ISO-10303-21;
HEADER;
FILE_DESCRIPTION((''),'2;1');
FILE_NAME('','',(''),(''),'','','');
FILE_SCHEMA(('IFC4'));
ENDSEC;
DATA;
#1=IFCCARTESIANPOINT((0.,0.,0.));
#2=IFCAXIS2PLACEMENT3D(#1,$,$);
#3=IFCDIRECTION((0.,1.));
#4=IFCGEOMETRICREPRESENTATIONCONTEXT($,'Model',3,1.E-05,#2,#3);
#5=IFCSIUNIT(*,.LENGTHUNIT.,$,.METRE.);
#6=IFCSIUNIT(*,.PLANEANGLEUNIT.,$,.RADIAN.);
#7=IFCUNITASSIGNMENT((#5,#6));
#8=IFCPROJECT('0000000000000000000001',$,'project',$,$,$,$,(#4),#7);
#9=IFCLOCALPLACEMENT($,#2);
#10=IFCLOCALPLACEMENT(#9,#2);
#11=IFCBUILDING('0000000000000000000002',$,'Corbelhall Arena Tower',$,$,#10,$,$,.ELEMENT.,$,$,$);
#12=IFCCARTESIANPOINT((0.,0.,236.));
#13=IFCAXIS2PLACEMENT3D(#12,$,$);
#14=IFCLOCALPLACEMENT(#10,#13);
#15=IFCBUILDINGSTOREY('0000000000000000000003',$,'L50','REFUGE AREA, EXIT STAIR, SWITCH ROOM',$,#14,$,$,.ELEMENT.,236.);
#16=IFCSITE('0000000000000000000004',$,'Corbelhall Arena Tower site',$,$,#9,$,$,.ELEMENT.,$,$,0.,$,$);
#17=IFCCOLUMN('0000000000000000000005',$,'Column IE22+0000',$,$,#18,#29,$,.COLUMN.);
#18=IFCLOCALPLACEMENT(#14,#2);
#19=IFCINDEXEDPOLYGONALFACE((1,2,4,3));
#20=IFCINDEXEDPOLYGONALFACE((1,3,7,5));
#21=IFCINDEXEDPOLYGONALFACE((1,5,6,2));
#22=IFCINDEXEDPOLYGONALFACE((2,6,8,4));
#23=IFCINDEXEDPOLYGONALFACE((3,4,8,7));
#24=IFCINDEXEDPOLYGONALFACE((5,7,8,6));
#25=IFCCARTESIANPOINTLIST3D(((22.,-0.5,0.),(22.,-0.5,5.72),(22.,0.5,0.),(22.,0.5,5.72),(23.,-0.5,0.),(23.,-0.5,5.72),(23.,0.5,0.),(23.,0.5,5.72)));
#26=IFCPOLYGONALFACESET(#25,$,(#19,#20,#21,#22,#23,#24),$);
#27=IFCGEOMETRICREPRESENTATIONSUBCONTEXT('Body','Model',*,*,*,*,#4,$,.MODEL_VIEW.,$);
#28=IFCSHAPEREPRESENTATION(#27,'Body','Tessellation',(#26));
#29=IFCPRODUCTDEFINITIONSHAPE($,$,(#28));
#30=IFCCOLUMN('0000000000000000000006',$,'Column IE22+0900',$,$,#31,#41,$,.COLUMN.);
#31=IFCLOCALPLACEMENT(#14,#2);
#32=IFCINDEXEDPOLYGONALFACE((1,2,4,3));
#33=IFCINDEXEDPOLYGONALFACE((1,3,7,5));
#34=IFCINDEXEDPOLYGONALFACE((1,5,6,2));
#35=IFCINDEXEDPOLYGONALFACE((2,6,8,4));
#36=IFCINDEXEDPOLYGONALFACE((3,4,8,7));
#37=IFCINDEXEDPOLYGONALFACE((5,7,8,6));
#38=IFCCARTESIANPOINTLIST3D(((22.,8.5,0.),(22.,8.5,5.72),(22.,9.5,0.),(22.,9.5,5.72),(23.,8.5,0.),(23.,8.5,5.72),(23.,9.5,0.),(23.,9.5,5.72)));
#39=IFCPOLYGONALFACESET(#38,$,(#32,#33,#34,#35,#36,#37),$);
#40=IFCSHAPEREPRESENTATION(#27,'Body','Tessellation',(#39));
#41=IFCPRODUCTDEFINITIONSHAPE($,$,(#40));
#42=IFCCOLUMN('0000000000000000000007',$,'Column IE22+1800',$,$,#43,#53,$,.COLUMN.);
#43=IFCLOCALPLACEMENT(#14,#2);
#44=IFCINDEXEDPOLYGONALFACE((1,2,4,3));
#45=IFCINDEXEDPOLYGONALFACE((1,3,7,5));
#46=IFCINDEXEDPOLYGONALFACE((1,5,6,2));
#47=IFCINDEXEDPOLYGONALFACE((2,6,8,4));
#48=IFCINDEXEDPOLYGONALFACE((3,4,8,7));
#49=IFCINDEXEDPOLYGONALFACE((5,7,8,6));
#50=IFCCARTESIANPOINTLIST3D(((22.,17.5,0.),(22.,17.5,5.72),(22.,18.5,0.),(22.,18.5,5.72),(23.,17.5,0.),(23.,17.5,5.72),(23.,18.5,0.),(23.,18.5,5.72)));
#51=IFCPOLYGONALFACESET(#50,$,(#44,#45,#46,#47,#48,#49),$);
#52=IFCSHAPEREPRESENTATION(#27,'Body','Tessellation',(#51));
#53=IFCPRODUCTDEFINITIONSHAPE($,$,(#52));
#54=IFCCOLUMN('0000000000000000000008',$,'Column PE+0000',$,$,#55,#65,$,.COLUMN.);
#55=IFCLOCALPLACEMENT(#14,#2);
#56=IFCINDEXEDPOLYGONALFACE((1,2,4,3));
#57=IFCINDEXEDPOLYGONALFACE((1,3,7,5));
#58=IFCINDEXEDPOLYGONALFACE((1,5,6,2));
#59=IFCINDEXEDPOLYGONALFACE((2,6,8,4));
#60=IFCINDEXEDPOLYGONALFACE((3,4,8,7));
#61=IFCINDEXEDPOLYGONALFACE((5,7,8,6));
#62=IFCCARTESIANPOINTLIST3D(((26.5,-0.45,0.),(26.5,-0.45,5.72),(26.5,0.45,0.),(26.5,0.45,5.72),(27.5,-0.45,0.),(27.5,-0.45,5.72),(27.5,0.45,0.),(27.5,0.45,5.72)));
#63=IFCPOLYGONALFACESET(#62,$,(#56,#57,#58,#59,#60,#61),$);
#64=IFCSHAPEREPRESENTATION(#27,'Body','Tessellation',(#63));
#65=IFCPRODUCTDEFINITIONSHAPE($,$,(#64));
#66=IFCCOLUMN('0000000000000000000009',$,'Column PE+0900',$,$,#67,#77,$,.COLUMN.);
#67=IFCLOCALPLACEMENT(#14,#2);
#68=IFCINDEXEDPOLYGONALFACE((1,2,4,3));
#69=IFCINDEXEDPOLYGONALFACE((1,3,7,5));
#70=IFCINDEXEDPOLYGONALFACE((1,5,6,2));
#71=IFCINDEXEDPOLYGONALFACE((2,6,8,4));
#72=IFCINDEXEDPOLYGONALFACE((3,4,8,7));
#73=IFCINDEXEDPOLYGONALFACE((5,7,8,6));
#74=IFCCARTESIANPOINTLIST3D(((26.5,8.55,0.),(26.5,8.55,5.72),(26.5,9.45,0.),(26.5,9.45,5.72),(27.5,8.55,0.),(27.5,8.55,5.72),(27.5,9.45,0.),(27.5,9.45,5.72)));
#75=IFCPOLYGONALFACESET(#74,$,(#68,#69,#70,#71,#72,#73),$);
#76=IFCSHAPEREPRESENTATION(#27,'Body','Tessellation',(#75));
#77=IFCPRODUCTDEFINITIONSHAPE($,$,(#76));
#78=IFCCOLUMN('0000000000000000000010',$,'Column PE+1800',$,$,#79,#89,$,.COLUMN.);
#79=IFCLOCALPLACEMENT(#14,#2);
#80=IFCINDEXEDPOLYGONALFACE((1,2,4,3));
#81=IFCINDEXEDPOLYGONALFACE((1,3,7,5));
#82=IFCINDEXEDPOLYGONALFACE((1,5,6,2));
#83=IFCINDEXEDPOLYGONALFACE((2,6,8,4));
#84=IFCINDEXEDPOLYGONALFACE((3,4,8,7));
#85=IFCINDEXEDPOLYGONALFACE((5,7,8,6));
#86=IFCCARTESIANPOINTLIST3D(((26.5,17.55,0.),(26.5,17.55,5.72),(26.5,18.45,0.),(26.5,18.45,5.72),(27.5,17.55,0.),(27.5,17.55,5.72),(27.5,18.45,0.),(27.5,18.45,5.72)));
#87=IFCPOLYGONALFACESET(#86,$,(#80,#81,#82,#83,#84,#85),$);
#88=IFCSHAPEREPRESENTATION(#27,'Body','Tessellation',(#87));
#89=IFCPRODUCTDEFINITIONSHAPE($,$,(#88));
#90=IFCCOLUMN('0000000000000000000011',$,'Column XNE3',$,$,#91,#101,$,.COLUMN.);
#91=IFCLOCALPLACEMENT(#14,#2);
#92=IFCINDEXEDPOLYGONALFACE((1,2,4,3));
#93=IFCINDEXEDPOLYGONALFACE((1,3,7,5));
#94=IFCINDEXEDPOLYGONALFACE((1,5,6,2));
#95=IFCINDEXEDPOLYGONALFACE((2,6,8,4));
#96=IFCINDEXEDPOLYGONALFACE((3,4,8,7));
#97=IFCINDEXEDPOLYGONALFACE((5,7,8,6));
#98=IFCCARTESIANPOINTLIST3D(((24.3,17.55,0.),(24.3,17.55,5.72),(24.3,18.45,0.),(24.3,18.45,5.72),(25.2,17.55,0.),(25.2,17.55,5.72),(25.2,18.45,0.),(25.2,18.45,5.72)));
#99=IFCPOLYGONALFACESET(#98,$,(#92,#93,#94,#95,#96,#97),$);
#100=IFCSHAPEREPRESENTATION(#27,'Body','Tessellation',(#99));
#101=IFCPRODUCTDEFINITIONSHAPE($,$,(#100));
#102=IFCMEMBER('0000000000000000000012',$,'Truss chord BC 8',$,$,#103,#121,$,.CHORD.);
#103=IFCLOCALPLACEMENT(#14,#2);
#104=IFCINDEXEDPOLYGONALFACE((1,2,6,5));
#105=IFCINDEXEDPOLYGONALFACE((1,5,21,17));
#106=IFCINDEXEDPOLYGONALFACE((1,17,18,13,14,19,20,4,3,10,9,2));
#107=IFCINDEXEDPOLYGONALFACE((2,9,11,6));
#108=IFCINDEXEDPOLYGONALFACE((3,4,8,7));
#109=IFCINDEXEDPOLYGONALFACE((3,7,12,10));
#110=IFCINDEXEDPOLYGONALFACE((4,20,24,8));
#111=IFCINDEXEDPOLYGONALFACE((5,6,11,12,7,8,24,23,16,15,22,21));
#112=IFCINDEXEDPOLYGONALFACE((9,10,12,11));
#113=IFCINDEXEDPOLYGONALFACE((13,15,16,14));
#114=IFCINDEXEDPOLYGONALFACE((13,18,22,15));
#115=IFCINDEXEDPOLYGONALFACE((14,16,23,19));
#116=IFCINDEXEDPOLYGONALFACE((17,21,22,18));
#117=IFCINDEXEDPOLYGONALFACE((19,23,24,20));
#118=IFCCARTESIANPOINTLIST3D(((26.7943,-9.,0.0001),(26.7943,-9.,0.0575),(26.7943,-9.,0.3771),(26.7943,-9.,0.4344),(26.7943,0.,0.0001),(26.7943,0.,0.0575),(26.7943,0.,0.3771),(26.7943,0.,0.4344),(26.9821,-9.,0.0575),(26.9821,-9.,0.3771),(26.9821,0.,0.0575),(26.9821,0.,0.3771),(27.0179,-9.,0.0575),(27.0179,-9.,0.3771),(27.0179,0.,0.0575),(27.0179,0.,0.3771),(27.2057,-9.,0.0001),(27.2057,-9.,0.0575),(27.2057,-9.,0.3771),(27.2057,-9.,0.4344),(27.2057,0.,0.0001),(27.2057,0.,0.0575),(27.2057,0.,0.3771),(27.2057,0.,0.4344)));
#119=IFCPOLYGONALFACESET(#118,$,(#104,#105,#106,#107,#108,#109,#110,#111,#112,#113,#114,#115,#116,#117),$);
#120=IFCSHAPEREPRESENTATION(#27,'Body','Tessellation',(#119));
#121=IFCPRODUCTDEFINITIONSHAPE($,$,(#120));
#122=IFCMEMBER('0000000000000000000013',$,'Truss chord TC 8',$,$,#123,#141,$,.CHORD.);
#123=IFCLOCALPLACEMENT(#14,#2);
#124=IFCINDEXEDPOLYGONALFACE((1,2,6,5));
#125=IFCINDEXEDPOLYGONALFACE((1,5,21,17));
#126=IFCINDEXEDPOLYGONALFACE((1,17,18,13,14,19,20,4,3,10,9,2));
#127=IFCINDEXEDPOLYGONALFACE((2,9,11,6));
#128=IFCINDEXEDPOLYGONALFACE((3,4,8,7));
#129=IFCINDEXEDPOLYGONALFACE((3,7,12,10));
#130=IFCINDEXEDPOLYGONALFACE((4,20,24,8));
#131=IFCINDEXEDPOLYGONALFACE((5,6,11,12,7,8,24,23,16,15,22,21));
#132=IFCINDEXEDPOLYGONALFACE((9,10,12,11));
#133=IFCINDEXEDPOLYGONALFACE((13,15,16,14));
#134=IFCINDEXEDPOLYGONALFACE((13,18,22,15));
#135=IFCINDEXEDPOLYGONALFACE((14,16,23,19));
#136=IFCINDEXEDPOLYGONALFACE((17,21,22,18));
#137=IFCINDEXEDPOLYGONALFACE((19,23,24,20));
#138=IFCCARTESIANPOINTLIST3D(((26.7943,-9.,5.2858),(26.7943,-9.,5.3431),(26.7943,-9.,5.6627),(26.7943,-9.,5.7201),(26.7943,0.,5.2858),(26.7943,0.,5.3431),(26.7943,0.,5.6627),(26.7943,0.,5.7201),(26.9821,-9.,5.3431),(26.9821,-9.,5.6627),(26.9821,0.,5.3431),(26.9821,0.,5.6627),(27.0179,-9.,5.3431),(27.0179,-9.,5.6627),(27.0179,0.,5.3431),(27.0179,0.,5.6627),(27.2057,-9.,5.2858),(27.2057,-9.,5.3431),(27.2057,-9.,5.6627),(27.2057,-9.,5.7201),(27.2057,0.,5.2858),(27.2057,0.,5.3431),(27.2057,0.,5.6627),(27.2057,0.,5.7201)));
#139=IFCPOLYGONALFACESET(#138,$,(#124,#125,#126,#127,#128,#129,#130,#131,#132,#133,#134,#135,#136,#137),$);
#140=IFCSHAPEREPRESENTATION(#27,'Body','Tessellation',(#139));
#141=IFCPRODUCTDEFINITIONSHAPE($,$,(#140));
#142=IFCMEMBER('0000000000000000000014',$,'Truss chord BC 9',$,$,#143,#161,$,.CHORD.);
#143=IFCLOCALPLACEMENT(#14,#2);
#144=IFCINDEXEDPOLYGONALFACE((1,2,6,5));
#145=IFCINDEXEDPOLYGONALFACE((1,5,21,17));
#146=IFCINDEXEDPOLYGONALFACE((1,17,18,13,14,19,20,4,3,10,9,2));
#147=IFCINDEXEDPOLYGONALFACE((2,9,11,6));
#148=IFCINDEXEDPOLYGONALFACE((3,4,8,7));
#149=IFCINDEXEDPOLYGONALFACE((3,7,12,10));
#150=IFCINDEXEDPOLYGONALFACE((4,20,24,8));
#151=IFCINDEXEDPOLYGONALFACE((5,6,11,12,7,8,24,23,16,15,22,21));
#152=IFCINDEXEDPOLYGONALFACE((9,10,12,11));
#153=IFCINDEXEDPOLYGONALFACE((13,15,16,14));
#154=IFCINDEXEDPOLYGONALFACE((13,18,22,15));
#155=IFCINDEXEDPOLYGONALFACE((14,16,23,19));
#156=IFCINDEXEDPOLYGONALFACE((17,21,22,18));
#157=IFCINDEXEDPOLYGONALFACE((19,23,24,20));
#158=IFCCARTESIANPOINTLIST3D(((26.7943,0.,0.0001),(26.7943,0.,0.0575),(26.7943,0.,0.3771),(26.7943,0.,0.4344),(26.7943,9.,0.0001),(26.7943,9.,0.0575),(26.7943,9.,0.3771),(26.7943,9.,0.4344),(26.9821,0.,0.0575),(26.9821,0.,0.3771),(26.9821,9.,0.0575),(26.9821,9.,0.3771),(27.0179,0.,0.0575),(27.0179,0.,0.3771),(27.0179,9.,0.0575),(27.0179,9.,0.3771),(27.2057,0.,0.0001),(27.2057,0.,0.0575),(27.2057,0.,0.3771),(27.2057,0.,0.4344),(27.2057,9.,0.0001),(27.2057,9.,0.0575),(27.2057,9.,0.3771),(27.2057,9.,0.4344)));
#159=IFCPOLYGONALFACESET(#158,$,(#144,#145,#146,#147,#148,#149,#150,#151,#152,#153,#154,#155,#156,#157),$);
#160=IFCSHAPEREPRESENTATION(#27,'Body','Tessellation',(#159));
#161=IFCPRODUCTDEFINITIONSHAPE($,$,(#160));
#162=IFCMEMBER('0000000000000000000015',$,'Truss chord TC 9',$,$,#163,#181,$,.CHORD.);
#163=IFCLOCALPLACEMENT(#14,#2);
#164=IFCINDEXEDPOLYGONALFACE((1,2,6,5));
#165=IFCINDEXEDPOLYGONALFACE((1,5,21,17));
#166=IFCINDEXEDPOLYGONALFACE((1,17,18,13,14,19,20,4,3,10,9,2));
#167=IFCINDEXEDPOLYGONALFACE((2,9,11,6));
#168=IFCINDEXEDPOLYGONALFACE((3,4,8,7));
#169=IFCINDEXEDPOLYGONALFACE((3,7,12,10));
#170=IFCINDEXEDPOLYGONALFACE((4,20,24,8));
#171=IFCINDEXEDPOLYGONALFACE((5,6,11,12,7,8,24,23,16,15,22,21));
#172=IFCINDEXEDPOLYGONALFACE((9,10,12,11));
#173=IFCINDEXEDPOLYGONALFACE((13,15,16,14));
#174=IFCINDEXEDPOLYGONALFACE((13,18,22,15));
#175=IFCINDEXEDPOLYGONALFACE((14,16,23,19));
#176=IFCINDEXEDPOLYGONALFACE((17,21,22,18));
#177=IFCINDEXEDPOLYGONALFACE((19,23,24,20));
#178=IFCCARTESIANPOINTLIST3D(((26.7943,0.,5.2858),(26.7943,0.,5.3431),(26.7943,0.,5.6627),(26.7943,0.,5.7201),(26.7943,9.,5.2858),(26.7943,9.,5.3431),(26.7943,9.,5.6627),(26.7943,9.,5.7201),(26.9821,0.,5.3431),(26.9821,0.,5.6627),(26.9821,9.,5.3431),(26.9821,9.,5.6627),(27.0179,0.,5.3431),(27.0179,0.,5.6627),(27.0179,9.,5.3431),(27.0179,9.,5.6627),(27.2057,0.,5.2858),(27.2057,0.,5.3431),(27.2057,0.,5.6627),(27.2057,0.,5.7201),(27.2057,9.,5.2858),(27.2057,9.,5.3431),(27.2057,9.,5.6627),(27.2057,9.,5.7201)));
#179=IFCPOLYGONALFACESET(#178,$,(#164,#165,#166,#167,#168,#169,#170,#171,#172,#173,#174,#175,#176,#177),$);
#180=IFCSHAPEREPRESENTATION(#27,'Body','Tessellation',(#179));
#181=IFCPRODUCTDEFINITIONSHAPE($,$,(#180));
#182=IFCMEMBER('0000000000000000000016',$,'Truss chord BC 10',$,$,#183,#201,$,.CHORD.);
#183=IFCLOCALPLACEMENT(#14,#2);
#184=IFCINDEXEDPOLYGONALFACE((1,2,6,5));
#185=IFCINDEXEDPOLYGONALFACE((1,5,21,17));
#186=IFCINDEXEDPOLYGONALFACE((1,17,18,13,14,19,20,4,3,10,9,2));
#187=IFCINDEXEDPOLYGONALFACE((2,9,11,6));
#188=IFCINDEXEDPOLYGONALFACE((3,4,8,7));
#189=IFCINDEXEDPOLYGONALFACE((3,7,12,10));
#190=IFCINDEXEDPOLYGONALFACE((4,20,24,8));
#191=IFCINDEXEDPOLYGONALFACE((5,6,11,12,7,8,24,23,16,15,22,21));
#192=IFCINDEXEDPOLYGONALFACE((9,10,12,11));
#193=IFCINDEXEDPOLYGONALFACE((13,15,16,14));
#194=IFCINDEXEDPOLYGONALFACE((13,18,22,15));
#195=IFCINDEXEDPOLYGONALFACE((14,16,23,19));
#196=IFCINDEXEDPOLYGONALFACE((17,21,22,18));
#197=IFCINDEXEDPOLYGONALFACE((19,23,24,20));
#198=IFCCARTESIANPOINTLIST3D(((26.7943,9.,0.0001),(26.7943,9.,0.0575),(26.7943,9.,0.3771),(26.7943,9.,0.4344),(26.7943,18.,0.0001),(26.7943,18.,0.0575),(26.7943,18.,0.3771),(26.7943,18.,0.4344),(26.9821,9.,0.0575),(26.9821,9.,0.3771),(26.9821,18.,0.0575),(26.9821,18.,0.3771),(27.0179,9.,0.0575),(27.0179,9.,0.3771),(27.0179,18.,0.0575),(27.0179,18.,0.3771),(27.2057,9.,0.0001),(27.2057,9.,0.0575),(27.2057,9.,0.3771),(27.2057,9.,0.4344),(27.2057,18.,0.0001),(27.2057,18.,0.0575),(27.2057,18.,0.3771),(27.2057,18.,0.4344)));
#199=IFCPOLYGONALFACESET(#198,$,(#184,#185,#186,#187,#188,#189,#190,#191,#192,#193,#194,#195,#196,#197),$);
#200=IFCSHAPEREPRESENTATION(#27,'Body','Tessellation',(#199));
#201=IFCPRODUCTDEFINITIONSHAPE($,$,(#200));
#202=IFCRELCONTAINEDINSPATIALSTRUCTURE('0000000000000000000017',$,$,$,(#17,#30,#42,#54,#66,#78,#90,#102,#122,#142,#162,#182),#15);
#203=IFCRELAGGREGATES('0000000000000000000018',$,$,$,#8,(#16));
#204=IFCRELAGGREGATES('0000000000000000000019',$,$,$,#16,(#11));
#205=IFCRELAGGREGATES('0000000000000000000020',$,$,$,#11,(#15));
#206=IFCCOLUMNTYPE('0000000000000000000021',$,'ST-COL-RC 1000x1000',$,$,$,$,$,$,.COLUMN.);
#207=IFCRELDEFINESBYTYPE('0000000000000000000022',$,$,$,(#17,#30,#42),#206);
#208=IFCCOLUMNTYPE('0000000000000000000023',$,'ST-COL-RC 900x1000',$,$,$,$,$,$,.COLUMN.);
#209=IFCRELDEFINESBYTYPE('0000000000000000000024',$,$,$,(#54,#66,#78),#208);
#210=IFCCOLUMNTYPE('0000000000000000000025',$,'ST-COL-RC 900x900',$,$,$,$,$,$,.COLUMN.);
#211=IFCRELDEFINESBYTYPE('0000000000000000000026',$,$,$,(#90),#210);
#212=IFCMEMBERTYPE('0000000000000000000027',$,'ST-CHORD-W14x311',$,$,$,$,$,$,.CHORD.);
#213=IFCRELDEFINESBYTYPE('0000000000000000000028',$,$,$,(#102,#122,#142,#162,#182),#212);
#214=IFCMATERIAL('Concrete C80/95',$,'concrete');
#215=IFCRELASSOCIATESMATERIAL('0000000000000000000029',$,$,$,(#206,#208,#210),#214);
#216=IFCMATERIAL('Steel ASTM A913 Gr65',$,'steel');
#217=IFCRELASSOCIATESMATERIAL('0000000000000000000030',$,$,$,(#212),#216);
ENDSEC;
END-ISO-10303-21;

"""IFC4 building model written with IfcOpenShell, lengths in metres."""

from ifc_helpers import new_model, si_unit, direction, frame, origin, origin_2d, place, context, subcontext, project, spatial, rectangle, i_section, extrude, material, material_profile, profile_set, type_object, element, save


model = new_model("IFC4")

# Units and contexts
model_context = context("Model", 3, precision=1e-05, world=origin(), true_north=direction((0.0, 1.0)))
body_context = subcontext(model_context, "Body", "Model", "MODEL_VIEW")
ifc_project = project(units=[si_unit("LENGTHUNIT", "METRE"), si_unit("PLANEANGLEUNIT", "RADIAN")], contexts=[model_context])

# Site, building, storey
site_placement = place(None, origin())
site = spatial("IfcSite", under=ifc_project, at=site_placement, Name="Corbelhall Arena Tower site", CompositionType="ELEMENT", RefElevation=0.0)
building_placement = place(site_placement, origin())
building = spatial("IfcBuilding", under=site, at=building_placement, Name="Corbelhall Arena Tower", CompositionType="ELEMENT")
storey_placement = place(building_placement, frame((0.0, 0.0, 236.0)))
storey = spatial("IfcBuildingStorey", under=building, at=storey_placement, Name="L50", Description="REFUGE AREA, EXIT STAIR, SWITCH ROOM", CompositionType="ELEMENT", Elevation=236.0)

# Columns
ifc_material_1 = material(Name="Concrete C80/95", Category="concrete")
ifc_material_profile_1 = material_profile(ifc_material_1, rectangle(XDim=1.0, YDim=1.0, at=origin_2d()))
ifc_profile_set_1 = profile_set([ifc_material_profile_1], Name="Concrete C80/95")
column_type_1 = type_object("IfcColumnType", Name="ST-COL-RC 1000x1000", PredefinedType="COLUMN", material=ifc_profile_set_1)
for number, where, z_axis, x_axis, name in (
    (1, (22.5, 0.0, 0.0), (0.0, 0.0, 1.0), (1.0, 0.0, 0.0), "Column IE22+0000"),
    (2, (22.5, 9.0, 0.0), (0.0, 0.0, 1.0), (1.0, 0.0, 0.0), "Column IE22+0900"),
    (3, (22.5, 18.0, 0.0), (0.0, 0.0, 1.0), (1.0, 0.0, 0.0), "Column IE22+1800"),
):
    element("IfcColumn", number, at=place(storey_placement, frame(where, z_axis=z_axis, x_axis=x_axis)), inside=storey, type_object=column_type_1, Name=name, PredefinedType="COLUMN", context=body_context, shape_type="SweptSolid", body=[
        extrude(rectangle(XDim=1.0, YDim=1.0, at=origin_2d()), origin(), (0.0, 0.0, 1.0), 5.72),
    ])
ifc_material_profile_2 = material_profile(ifc_material_1, rectangle(XDim=0.8999, YDim=1.0, at=origin_2d()))
ifc_profile_set_2 = profile_set([ifc_material_profile_2], Name="Concrete C80/95")
column_type_2 = type_object("IfcColumnType", Name="ST-COL-RC 900x1000", PredefinedType="COLUMN", material=ifc_profile_set_2)
for number, where, z_axis, x_axis, name in (
    (4, (27.0, 0.0, 0.0), (0.0, 0.0, 1.0), (0.0, 1.0, 0.0), "Column PE+0000"),
    (5, (27.0, 9.0, 0.0), (0.0, 0.0, 1.0), (0.0, 1.0, 0.0), "Column PE+0900"),
    (6, (27.0, 18.0, 0.0), (0.0, 0.0, 1.0), (0.0, 1.0, 0.0), "Column PE+1800"),
):
    element("IfcColumn", number, at=place(storey_placement, frame(where, z_axis=z_axis, x_axis=x_axis)), inside=storey, type_object=column_type_2, Name=name, PredefinedType="COLUMN", context=body_context, shape_type="SweptSolid", body=[
        extrude(rectangle(XDim=0.8999, YDim=1.0, at=origin_2d()), origin(), (0.0, 0.0, 1.0), 5.72),
    ])
ifc_material_profile_3 = material_profile(ifc_material_1, rectangle(XDim=0.8999, YDim=0.8999, at=origin_2d()))
ifc_profile_set_3 = profile_set([ifc_material_profile_3], Name="Concrete C80/95")
column_type_3 = type_object("IfcColumnType", Name="ST-COL-RC 900x900", PredefinedType="COLUMN", material=ifc_profile_set_3)
column_placement = place(storey_placement, frame((24.75, 18.0, 0.0), z_axis=(0.0, 0.0, 1.0), x_axis=(1.0, 0.0, 0.0)))
element("IfcColumn", 7, at=column_placement, inside=storey, type_object=column_type_3, Name="Column XNE3", PredefinedType="COLUMN", context=body_context, shape_type="SweptSolid", body=[
    extrude(rectangle(XDim=0.8999, YDim=0.8999, at=origin_2d()), origin(), (0.0, 0.0, 1.0), 5.72),
])

# Members
ifc_material_2 = material(Name="Steel ASTM A913 Gr65", Category="steel")
ifc_material_profile_4 = material_profile(ifc_material_2, i_section(OverallWidth=0.4114, OverallDepth=0.4343, WebThickness=0.0359, FlangeThickness=0.0574, at=origin_2d()))
ifc_profile_set_4 = profile_set([ifc_material_profile_4], Name="Steel ASTM A913 Gr65")
member_type_1 = type_object("IfcMemberType", Name="ST-CHORD-W14x311", PredefinedType="CHORD", material=ifc_profile_set_4)
for number, where, z_axis, x_axis, name in (
    (8, (27.0, 0.0, 0.2173), (0.0, -1.0, 0.0), (1.0, 0.0, 0.0), "Truss chord BC 8"),
    (9, (27.0, 0.0, 5.5029), (0.0, -1.0, 0.0), (1.0, 0.0, 0.0), "Truss chord TC 8"),
    (10, (27.0, 9.0, 0.2173), (0.0, -1.0, 0.0), (1.0, 0.0, 0.0), "Truss chord BC 9"),
    (11, (27.0, 9.0, 5.5029), (0.0, -1.0, 0.0), (1.0, 0.0, 0.0), "Truss chord TC 9"),
    (12, (27.0, 18.0, 0.2173), (0.0, -1.0, 0.0), (1.0, 0.0, 0.0), "Truss chord BC 10"),
):
    element("IfcMember", number, at=place(storey_placement, frame(where, z_axis=z_axis, x_axis=x_axis)), inside=storey, type_object=member_type_1, Name=name, PredefinedType="CHORD", context=body_context, shape_type="SweptSolid", body=[
        extrude(i_section(OverallWidth=0.4114, OverallDepth=0.4343, WebThickness=0.0359, FlangeThickness=0.0574, at=origin_2d()), origin(), (0.0, 0.0, 1.0), 9.0),
    ])

save(model, "model.ifc")
